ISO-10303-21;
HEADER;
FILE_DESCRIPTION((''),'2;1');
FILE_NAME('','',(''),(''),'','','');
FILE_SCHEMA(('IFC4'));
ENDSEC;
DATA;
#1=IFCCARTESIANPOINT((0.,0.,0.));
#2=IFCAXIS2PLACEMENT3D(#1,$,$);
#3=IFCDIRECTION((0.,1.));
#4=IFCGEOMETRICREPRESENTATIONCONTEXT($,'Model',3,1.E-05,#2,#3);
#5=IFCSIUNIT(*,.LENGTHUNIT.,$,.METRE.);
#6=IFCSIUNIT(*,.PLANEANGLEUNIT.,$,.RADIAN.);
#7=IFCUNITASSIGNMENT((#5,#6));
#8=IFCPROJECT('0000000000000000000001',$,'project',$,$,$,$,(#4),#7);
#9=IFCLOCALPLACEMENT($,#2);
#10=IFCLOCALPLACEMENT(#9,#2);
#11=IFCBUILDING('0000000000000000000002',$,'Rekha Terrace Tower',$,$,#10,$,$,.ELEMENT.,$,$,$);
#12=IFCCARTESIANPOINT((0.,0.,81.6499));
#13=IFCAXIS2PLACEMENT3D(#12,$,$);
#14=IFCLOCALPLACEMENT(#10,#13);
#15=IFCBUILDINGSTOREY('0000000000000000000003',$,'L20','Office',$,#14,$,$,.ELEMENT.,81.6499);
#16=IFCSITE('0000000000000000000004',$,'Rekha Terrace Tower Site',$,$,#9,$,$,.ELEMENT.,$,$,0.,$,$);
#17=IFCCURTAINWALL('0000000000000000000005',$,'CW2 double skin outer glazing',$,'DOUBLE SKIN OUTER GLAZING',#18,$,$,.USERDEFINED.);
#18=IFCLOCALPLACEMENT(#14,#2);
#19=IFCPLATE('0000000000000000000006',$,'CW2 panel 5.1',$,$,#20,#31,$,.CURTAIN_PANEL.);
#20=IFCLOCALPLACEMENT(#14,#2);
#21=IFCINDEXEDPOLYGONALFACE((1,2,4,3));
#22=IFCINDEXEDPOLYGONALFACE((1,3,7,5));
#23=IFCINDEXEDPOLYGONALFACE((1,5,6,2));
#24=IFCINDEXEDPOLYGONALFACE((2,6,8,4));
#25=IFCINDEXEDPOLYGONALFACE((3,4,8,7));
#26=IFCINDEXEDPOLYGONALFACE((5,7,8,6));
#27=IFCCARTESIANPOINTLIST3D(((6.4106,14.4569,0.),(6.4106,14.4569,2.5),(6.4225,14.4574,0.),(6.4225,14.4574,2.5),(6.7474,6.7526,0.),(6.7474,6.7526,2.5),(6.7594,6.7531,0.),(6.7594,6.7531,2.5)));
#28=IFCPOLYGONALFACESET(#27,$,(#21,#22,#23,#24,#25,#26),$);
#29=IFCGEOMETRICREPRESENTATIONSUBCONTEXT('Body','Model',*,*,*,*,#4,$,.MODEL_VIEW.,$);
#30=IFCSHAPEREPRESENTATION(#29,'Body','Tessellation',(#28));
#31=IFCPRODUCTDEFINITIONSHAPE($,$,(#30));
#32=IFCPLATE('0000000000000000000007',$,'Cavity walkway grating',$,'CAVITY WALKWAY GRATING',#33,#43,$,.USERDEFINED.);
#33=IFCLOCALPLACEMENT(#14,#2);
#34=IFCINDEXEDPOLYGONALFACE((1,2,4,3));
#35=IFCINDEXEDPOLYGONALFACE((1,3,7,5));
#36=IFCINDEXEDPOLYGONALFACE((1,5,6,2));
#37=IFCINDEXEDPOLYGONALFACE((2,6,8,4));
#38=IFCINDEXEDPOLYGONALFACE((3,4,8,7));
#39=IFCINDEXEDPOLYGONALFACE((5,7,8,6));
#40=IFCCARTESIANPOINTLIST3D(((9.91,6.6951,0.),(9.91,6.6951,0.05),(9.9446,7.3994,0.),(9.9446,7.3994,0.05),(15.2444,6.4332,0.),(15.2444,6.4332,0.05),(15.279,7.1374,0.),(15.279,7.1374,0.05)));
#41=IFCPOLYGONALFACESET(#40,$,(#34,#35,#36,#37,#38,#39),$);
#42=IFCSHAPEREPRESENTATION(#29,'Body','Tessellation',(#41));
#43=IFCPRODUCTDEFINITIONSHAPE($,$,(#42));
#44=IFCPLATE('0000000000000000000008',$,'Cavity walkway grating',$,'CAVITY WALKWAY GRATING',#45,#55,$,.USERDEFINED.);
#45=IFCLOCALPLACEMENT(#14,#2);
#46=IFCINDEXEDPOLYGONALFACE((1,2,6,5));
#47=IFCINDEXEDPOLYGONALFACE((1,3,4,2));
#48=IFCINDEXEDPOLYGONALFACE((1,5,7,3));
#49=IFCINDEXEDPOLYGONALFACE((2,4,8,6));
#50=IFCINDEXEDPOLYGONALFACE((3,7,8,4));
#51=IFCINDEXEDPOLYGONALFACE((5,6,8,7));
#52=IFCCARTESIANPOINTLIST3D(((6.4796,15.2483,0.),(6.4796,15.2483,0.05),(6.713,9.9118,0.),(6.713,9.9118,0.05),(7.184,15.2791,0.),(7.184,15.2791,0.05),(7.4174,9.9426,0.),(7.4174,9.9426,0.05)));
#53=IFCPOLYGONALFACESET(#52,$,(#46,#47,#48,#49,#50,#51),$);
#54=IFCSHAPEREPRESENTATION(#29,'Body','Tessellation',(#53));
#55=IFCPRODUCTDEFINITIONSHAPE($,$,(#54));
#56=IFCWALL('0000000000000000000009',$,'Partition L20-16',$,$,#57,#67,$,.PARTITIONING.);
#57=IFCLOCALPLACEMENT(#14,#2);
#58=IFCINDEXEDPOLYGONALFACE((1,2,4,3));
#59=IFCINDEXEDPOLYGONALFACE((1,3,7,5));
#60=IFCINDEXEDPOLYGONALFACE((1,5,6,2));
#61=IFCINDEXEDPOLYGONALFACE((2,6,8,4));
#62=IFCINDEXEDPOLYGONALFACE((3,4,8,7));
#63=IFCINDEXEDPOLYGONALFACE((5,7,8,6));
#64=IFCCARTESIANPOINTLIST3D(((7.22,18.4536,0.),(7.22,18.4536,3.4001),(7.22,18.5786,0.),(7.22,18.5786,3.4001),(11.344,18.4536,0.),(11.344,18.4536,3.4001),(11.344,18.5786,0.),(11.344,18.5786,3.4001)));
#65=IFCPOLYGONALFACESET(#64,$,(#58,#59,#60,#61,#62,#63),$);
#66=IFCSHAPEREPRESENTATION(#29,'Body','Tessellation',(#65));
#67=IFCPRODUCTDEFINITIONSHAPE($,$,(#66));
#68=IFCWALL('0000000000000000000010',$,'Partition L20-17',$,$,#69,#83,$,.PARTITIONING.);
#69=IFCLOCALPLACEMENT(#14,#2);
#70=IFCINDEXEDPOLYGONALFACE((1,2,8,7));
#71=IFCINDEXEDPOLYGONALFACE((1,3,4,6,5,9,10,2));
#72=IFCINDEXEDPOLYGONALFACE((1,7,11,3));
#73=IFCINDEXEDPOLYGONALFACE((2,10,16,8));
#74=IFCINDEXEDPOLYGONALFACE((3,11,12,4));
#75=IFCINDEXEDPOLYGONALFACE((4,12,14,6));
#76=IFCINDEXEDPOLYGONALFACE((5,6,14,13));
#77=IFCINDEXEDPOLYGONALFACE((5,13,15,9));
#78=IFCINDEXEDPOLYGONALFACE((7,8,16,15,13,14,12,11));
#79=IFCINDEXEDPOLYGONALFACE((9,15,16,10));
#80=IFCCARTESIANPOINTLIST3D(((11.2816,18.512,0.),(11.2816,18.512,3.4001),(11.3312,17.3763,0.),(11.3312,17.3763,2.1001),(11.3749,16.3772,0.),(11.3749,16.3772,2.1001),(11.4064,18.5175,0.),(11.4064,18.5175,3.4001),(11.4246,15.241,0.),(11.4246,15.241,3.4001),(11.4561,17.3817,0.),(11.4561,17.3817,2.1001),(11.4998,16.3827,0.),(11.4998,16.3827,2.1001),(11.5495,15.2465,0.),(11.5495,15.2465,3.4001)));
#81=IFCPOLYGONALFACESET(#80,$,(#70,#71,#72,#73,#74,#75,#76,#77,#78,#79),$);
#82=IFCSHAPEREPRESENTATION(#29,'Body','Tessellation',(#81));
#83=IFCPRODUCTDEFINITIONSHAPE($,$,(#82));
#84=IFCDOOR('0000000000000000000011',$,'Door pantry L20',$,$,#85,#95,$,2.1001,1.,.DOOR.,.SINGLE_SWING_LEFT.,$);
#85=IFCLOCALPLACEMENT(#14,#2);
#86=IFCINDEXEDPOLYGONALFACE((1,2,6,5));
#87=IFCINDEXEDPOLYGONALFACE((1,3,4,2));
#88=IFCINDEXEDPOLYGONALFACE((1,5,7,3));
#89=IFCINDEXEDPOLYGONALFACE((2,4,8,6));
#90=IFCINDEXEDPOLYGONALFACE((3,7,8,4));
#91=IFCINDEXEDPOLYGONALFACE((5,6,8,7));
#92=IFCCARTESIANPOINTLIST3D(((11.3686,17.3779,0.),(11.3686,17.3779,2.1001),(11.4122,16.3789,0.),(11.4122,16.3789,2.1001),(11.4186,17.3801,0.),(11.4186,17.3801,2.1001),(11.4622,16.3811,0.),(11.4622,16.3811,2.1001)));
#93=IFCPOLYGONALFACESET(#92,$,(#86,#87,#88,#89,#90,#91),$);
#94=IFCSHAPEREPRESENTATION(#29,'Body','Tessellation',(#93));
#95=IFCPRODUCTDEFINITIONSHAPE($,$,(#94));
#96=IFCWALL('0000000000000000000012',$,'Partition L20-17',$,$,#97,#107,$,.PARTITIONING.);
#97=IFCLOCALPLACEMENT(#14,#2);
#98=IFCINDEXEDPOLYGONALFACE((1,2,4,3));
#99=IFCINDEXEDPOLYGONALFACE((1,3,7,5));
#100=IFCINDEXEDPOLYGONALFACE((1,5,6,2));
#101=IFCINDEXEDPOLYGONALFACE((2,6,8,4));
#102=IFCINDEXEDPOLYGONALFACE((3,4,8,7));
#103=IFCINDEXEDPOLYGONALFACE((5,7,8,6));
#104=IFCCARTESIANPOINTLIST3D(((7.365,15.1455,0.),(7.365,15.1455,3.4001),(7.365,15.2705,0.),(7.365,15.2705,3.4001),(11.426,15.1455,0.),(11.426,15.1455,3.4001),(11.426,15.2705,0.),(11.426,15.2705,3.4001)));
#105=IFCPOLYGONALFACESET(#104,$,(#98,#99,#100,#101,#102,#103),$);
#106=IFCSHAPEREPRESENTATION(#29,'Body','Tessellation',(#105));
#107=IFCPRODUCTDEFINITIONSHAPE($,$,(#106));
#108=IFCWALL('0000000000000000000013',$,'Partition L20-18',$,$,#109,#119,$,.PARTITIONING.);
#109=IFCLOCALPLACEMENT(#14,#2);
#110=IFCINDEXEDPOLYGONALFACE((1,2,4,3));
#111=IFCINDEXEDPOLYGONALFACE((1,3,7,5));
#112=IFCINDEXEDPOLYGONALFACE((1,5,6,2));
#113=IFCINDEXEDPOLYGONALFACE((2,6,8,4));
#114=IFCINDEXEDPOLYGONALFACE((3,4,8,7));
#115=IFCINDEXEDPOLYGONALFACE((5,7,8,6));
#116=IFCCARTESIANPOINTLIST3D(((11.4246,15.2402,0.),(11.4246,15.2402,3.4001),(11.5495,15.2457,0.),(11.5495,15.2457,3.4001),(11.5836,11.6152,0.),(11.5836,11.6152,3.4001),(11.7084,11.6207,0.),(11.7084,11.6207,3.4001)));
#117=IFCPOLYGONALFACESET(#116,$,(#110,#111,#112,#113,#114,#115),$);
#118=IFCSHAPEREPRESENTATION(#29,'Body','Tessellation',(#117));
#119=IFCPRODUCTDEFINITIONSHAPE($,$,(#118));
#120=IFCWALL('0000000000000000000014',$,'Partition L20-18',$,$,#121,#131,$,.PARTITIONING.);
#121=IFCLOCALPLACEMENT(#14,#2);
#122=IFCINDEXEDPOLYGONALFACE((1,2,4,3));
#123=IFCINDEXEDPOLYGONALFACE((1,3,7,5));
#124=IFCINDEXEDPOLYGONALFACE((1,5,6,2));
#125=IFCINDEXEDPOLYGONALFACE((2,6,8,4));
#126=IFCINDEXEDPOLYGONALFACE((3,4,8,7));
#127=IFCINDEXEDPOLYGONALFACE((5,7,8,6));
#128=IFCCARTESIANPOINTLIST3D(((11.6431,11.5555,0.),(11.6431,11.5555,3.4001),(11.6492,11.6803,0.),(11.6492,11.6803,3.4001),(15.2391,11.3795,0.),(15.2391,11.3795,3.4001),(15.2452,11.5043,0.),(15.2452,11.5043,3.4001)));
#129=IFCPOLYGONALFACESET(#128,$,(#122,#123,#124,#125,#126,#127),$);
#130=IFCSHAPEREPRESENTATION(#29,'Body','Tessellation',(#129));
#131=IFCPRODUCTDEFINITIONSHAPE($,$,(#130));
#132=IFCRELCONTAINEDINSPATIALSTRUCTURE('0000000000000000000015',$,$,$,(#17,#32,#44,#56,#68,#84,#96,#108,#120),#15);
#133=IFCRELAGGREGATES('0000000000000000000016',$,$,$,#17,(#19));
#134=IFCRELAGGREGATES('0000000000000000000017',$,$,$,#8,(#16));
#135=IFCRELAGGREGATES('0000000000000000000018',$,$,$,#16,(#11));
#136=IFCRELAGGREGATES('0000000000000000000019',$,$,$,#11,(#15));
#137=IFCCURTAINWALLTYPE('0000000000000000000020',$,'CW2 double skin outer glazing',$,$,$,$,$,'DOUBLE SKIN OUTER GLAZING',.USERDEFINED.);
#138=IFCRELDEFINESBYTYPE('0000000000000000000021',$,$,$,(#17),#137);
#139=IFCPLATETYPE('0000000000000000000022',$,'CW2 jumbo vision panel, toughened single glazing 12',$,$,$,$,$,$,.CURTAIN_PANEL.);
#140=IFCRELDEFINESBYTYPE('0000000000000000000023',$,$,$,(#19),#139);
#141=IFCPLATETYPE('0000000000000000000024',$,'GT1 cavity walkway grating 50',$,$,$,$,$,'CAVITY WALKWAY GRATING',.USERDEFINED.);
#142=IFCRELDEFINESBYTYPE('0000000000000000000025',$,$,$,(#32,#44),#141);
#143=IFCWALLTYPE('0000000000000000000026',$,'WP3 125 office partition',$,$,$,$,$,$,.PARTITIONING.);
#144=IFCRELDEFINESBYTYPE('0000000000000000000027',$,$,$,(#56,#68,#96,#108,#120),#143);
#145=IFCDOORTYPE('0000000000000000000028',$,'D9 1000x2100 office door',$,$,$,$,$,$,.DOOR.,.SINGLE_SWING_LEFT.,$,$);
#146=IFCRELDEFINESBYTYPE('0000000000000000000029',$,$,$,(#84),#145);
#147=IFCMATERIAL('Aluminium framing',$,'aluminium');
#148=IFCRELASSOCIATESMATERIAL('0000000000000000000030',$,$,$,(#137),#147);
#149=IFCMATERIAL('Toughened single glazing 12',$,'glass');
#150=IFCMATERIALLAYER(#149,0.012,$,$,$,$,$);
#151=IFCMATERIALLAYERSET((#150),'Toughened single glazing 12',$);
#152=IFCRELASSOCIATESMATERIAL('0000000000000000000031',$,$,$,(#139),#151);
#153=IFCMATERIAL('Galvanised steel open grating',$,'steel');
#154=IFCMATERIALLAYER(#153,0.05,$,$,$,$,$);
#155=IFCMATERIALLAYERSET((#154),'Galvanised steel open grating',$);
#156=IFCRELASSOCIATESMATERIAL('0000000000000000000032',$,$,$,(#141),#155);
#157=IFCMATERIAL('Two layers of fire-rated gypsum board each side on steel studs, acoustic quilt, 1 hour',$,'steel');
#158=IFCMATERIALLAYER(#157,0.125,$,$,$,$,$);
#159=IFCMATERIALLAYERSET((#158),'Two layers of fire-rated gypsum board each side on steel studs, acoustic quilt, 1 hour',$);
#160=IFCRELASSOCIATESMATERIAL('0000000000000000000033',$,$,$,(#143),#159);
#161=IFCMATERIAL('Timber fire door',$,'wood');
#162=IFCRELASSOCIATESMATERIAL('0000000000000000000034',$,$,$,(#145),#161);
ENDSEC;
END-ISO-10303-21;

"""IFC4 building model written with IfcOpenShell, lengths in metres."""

from ifc_helpers import new_model, si_unit, direction, frame, frame_2d, origin, origin_2d, place, context, subcontext, project, spatial, rectangle, extrude, material, layer, layer_set, type_object, element, fill, aggregate, save


model = new_model("IFC4")

# Units and contexts
model_context = context("Model", 3, precision=1e-05, world=origin(), true_north=direction((0.0, 1.0)))
body_context = subcontext(model_context, "Body", "Model", "MODEL_VIEW")
ifc_project = project(units=[si_unit("LENGTHUNIT", "METRE"), si_unit("PLANEANGLEUNIT", "RADIAN")], contexts=[model_context])

# Site, building, storey
site_placement = place(None, origin())
site = spatial("IfcSite", under=ifc_project, at=site_placement, Name="Rekha Terrace Tower Site", CompositionType="ELEMENT", RefElevation=0.0)
building_placement = place(site_placement, origin())
building = spatial("IfcBuilding", under=site, at=building_placement, Name="Rekha Terrace Tower", CompositionType="ELEMENT")
storey_placement = place(building_placement, frame((0.0, 0.0, 81.6499)))
storey = spatial("IfcBuildingStorey", under=building, at=storey_placement, Name="L20", Description="Office", CompositionType="ELEMENT", Elevation=81.6499)

# Curtain wall
ifc_material_1 = material(Name="Aluminium framing", Category="aluminium")
curtain_wall_type_1 = type_object("IfcCurtainWallType", Name="CW2 double skin outer glazing", ElementType="DOUBLE SKIN OUTER GLAZING", PredefinedType="USERDEFINED", material=ifc_material_1)
curtain_wall_1_placement = place(storey_placement, origin())
curtain_wall_1 = element("IfcCurtainWall", 1, at=curtain_wall_1_placement, inside=storey, type_object=curtain_wall_type_1, Name="CW2 double skin outer glazing", ObjectType="DOUBLE SKIN OUTER GLAZING", PredefinedType="USERDEFINED")

# Plate
ifc_material_2 = material(Name="Toughened single glazing 12", Category="glass")
ifc_layer_1 = layer(ifc_material_2, 0.012)
ifc_layer_set_1 = layer_set([ifc_layer_1], Name="Toughened single glazing 12")
plate_type_1 = type_object("IfcPlateType", Name="CW2 jumbo vision panel, toughened single glazing 12", PredefinedType="CURTAIN_PANEL", material=ifc_layer_set_1)
plate_1_placement = place(storey_placement, frame((6.585, 10.605, 0.0), z_axis=(0.0, 0.0, 1.0), x_axis=(0.043683, -0.999045, 0.0)))
plate_1 = element("IfcPlate", 2, at=plate_1_placement, type_object=plate_type_1, Name="CW2 panel 5.1", PredefinedType="CURTAIN_PANEL", context=body_context, shape_type="SweptSolid", body=[
    extrude(rectangle(XDim=7.7117, YDim=0.012, at=origin_2d()), origin(), (0.0, 0.0, 1.0), 2.5),
])
aggregate(curtain_wall_1, [plate_1])

# Plates
ifc_material_3 = material(Name="Galvanised steel open grating", Category="steel")
ifc_layer_2 = layer(ifc_material_3, 0.05)
ifc_layer_set_2 = layer_set([ifc_layer_2], Name="Galvanised steel open grating")
plate_type_2 = type_object("IfcPlateType", Name="GT1 cavity walkway grating 50", ElementType="CAVITY WALKWAY GRATING", PredefinedType="USERDEFINED", material=ifc_layer_set_2)
plate_2_placement = place(storey_placement, frame((12.5945, 6.9163, 0.0), z_axis=(0.0, 0.0, 1.0), x_axis=(0.998796, -0.049052, 0.0)))
element("IfcPlate", 3, at=plate_2_placement, inside=storey, type_object=plate_type_2, Name="Cavity walkway grating", ObjectType="CAVITY WALKWAY GRATING", PredefinedType="USERDEFINED", context=body_context, shape_type="SweptSolid", body=[
    extrude(rectangle(XDim=5.3408, YDim=0.7051, at=origin_2d()), origin(), (0.0, 0.0, 1.0), 0.05),
])
plate_3_placement = place(storey_placement, frame((6.9485, 12.5955, 0.0), z_axis=(0.0, 0.0, 1.0), x_axis=(0.043683, -0.999045, 0.0)))
element("IfcPlate", 4, at=plate_3_placement, inside=storey, type_object=plate_type_2, Name="Cavity walkway grating", ObjectType="CAVITY WALKWAY GRATING", PredefinedType="USERDEFINED", context=body_context, shape_type="SweptSolid", body=[
    extrude(rectangle(XDim=5.3416, YDim=0.7051, at=origin_2d()), origin(), (0.0, 0.0, 1.0), 0.05),
])

# Wall
ifc_material_4 = material(Name="Two layers of fire-rated gypsum board each side on steel studs, acoustic quilt, 1 hour", Category="steel")
ifc_layer_3 = layer(ifc_material_4, 0.125)
ifc_layer_set_3 = layer_set([ifc_layer_3], Name="Two layers of fire-rated gypsum board each side on steel studs, acoustic quilt, 1 hour")
wall_type = type_object("IfcWallType", Name="WP3 125 office partition", PredefinedType="PARTITIONING", material=ifc_layer_set_3)
wall_1_placement = place(storey_placement, frame((11.344, 18.5161, 0.0), z_axis=(0.0, 0.0, 1.0), x_axis=(-1.0, 0.0, 0.0)))
element("IfcWall", 5, at=wall_1_placement, inside=storey, type_object=wall_type, Name="Partition L20-16", PredefinedType="PARTITIONING", context=body_context, shape_type="SweptSolid", body=[
    extrude(rectangle(XDim=4.124, YDim=0.125, at=frame_2d((2.062, 0.0))), origin(), (0.0, 0.0, 1.0), 3.4001),
])

# Wall, opening, door
wall_2_placement = place(storey_placement, frame((11.344, 18.5149, 0.0), z_axis=(0.0, 0.0, 1.0), x_axis=(0.043696, -0.999045, 0.0)))
wall_2 = element("IfcWall", 6, at=wall_2_placement, inside=storey, type_object=wall_type, Name="Partition L20-17", PredefinedType="PARTITIONING", context=body_context, shape_type="SweptSolid", body=[
    extrude(rectangle(XDim=3.2742, YDim=0.125, at=frame_2d((1.6372, 0.0))), origin(), (0.0, 0.0, 1.0), 3.4001),
])
opening_placement = place(wall_2_placement, frame((1.137, 0.0, 0.0)))
opening = element("IfcOpeningElement", 7, at=opening_placement, cuts=wall_2, PredefinedType="OPENING", context=body_context, shape_type="SweptSolid", body=[
    extrude(rectangle(XDim=1.0, YDim=2.1001, at=frame_2d((0.5, 1.05))), frame((0.0, 0.0725, 0.0), z_axis=(0.0, -1.0, 0.0), x_axis=(1.0, 0.0, 0.0)), (0.0, 0.0, 1.0), 0.145),
])
ifc_material_5 = material(Name="Timber fire door", Category="wood")
door_type = type_object("IfcDoorType", Name="D9 1000x2100 office door", OperationType="SINGLE_SWING_LEFT", PredefinedType="DOOR", material=ifc_material_5)
door_placement = place(opening_placement, origin())
door = element("IfcDoor", 8, at=door_placement, inside=storey, type_object=door_type, Name="Door pantry L20", OperationType="SINGLE_SWING_LEFT", OverallHeight=2.1001, OverallWidth=1.0, PredefinedType="DOOR", context=body_context, shape_type="SweptSolid", body=[
    extrude(rectangle(XDim=1.0, YDim=2.1001, at=frame_2d((0.5, 1.05))), frame((0.0, 0.0249, 0.0), z_axis=(0.0, -1.0, 0.0), x_axis=(1.0, 0.0, 0.0)), (0.0, 0.0, 1.0), 0.05),
])
fill(opening, door)

# Walls
wall_3_placement = place(storey_placement, frame((11.426, 15.208, 0.0), z_axis=(0.0, 0.0, 1.0), x_axis=(-1.0, 0.0, 0.0)))
element("IfcWall", 9, at=wall_3_placement, inside=storey, type_object=wall_type, Name="Partition L20-17", PredefinedType="PARTITIONING", context=body_context, shape_type="SweptSolid", body=[
    extrude(rectangle(XDim=4.061, YDim=0.125, at=frame_2d((2.0305, 0.0))), origin(), (0.0, 0.0, 1.0), 3.4001),
])
wall_4_placement = place(storey_placement, frame((11.4871, 15.2429, 0.0), z_axis=(0.0, 0.0, 1.0), x_axis=(0.043802, -0.99904, 0.0)))
element("IfcWall", 10, at=wall_4_placement, inside=storey, type_object=wall_type, Name="Partition L20-18", PredefinedType="PARTITIONING", context=body_context, shape_type="SweptSolid", body=[
    extrude(rectangle(XDim=3.6284, YDim=0.125, at=frame_2d((1.8142, 0.0))), origin(), (0.0, 0.0, 1.0), 3.4001),
])
wall_5_placement = place(storey_placement, frame((11.646, 11.6179, 0.0), z_axis=(0.0, 0.0, 1.0), x_axis=(0.998804, -0.048893, 0.0)))
element("IfcWall", 11, at=wall_5_placement, inside=storey, type_object=wall_type, Name="Partition L20-18", PredefinedType="PARTITIONING", context=body_context, shape_type="SweptSolid", body=[
    extrude(rectangle(XDim=3.6003, YDim=0.125, at=frame_2d((1.8003, 0.0))), origin(), (0.0, 0.0, 1.0), 3.4001),
])

save(model, "model.ifc")
